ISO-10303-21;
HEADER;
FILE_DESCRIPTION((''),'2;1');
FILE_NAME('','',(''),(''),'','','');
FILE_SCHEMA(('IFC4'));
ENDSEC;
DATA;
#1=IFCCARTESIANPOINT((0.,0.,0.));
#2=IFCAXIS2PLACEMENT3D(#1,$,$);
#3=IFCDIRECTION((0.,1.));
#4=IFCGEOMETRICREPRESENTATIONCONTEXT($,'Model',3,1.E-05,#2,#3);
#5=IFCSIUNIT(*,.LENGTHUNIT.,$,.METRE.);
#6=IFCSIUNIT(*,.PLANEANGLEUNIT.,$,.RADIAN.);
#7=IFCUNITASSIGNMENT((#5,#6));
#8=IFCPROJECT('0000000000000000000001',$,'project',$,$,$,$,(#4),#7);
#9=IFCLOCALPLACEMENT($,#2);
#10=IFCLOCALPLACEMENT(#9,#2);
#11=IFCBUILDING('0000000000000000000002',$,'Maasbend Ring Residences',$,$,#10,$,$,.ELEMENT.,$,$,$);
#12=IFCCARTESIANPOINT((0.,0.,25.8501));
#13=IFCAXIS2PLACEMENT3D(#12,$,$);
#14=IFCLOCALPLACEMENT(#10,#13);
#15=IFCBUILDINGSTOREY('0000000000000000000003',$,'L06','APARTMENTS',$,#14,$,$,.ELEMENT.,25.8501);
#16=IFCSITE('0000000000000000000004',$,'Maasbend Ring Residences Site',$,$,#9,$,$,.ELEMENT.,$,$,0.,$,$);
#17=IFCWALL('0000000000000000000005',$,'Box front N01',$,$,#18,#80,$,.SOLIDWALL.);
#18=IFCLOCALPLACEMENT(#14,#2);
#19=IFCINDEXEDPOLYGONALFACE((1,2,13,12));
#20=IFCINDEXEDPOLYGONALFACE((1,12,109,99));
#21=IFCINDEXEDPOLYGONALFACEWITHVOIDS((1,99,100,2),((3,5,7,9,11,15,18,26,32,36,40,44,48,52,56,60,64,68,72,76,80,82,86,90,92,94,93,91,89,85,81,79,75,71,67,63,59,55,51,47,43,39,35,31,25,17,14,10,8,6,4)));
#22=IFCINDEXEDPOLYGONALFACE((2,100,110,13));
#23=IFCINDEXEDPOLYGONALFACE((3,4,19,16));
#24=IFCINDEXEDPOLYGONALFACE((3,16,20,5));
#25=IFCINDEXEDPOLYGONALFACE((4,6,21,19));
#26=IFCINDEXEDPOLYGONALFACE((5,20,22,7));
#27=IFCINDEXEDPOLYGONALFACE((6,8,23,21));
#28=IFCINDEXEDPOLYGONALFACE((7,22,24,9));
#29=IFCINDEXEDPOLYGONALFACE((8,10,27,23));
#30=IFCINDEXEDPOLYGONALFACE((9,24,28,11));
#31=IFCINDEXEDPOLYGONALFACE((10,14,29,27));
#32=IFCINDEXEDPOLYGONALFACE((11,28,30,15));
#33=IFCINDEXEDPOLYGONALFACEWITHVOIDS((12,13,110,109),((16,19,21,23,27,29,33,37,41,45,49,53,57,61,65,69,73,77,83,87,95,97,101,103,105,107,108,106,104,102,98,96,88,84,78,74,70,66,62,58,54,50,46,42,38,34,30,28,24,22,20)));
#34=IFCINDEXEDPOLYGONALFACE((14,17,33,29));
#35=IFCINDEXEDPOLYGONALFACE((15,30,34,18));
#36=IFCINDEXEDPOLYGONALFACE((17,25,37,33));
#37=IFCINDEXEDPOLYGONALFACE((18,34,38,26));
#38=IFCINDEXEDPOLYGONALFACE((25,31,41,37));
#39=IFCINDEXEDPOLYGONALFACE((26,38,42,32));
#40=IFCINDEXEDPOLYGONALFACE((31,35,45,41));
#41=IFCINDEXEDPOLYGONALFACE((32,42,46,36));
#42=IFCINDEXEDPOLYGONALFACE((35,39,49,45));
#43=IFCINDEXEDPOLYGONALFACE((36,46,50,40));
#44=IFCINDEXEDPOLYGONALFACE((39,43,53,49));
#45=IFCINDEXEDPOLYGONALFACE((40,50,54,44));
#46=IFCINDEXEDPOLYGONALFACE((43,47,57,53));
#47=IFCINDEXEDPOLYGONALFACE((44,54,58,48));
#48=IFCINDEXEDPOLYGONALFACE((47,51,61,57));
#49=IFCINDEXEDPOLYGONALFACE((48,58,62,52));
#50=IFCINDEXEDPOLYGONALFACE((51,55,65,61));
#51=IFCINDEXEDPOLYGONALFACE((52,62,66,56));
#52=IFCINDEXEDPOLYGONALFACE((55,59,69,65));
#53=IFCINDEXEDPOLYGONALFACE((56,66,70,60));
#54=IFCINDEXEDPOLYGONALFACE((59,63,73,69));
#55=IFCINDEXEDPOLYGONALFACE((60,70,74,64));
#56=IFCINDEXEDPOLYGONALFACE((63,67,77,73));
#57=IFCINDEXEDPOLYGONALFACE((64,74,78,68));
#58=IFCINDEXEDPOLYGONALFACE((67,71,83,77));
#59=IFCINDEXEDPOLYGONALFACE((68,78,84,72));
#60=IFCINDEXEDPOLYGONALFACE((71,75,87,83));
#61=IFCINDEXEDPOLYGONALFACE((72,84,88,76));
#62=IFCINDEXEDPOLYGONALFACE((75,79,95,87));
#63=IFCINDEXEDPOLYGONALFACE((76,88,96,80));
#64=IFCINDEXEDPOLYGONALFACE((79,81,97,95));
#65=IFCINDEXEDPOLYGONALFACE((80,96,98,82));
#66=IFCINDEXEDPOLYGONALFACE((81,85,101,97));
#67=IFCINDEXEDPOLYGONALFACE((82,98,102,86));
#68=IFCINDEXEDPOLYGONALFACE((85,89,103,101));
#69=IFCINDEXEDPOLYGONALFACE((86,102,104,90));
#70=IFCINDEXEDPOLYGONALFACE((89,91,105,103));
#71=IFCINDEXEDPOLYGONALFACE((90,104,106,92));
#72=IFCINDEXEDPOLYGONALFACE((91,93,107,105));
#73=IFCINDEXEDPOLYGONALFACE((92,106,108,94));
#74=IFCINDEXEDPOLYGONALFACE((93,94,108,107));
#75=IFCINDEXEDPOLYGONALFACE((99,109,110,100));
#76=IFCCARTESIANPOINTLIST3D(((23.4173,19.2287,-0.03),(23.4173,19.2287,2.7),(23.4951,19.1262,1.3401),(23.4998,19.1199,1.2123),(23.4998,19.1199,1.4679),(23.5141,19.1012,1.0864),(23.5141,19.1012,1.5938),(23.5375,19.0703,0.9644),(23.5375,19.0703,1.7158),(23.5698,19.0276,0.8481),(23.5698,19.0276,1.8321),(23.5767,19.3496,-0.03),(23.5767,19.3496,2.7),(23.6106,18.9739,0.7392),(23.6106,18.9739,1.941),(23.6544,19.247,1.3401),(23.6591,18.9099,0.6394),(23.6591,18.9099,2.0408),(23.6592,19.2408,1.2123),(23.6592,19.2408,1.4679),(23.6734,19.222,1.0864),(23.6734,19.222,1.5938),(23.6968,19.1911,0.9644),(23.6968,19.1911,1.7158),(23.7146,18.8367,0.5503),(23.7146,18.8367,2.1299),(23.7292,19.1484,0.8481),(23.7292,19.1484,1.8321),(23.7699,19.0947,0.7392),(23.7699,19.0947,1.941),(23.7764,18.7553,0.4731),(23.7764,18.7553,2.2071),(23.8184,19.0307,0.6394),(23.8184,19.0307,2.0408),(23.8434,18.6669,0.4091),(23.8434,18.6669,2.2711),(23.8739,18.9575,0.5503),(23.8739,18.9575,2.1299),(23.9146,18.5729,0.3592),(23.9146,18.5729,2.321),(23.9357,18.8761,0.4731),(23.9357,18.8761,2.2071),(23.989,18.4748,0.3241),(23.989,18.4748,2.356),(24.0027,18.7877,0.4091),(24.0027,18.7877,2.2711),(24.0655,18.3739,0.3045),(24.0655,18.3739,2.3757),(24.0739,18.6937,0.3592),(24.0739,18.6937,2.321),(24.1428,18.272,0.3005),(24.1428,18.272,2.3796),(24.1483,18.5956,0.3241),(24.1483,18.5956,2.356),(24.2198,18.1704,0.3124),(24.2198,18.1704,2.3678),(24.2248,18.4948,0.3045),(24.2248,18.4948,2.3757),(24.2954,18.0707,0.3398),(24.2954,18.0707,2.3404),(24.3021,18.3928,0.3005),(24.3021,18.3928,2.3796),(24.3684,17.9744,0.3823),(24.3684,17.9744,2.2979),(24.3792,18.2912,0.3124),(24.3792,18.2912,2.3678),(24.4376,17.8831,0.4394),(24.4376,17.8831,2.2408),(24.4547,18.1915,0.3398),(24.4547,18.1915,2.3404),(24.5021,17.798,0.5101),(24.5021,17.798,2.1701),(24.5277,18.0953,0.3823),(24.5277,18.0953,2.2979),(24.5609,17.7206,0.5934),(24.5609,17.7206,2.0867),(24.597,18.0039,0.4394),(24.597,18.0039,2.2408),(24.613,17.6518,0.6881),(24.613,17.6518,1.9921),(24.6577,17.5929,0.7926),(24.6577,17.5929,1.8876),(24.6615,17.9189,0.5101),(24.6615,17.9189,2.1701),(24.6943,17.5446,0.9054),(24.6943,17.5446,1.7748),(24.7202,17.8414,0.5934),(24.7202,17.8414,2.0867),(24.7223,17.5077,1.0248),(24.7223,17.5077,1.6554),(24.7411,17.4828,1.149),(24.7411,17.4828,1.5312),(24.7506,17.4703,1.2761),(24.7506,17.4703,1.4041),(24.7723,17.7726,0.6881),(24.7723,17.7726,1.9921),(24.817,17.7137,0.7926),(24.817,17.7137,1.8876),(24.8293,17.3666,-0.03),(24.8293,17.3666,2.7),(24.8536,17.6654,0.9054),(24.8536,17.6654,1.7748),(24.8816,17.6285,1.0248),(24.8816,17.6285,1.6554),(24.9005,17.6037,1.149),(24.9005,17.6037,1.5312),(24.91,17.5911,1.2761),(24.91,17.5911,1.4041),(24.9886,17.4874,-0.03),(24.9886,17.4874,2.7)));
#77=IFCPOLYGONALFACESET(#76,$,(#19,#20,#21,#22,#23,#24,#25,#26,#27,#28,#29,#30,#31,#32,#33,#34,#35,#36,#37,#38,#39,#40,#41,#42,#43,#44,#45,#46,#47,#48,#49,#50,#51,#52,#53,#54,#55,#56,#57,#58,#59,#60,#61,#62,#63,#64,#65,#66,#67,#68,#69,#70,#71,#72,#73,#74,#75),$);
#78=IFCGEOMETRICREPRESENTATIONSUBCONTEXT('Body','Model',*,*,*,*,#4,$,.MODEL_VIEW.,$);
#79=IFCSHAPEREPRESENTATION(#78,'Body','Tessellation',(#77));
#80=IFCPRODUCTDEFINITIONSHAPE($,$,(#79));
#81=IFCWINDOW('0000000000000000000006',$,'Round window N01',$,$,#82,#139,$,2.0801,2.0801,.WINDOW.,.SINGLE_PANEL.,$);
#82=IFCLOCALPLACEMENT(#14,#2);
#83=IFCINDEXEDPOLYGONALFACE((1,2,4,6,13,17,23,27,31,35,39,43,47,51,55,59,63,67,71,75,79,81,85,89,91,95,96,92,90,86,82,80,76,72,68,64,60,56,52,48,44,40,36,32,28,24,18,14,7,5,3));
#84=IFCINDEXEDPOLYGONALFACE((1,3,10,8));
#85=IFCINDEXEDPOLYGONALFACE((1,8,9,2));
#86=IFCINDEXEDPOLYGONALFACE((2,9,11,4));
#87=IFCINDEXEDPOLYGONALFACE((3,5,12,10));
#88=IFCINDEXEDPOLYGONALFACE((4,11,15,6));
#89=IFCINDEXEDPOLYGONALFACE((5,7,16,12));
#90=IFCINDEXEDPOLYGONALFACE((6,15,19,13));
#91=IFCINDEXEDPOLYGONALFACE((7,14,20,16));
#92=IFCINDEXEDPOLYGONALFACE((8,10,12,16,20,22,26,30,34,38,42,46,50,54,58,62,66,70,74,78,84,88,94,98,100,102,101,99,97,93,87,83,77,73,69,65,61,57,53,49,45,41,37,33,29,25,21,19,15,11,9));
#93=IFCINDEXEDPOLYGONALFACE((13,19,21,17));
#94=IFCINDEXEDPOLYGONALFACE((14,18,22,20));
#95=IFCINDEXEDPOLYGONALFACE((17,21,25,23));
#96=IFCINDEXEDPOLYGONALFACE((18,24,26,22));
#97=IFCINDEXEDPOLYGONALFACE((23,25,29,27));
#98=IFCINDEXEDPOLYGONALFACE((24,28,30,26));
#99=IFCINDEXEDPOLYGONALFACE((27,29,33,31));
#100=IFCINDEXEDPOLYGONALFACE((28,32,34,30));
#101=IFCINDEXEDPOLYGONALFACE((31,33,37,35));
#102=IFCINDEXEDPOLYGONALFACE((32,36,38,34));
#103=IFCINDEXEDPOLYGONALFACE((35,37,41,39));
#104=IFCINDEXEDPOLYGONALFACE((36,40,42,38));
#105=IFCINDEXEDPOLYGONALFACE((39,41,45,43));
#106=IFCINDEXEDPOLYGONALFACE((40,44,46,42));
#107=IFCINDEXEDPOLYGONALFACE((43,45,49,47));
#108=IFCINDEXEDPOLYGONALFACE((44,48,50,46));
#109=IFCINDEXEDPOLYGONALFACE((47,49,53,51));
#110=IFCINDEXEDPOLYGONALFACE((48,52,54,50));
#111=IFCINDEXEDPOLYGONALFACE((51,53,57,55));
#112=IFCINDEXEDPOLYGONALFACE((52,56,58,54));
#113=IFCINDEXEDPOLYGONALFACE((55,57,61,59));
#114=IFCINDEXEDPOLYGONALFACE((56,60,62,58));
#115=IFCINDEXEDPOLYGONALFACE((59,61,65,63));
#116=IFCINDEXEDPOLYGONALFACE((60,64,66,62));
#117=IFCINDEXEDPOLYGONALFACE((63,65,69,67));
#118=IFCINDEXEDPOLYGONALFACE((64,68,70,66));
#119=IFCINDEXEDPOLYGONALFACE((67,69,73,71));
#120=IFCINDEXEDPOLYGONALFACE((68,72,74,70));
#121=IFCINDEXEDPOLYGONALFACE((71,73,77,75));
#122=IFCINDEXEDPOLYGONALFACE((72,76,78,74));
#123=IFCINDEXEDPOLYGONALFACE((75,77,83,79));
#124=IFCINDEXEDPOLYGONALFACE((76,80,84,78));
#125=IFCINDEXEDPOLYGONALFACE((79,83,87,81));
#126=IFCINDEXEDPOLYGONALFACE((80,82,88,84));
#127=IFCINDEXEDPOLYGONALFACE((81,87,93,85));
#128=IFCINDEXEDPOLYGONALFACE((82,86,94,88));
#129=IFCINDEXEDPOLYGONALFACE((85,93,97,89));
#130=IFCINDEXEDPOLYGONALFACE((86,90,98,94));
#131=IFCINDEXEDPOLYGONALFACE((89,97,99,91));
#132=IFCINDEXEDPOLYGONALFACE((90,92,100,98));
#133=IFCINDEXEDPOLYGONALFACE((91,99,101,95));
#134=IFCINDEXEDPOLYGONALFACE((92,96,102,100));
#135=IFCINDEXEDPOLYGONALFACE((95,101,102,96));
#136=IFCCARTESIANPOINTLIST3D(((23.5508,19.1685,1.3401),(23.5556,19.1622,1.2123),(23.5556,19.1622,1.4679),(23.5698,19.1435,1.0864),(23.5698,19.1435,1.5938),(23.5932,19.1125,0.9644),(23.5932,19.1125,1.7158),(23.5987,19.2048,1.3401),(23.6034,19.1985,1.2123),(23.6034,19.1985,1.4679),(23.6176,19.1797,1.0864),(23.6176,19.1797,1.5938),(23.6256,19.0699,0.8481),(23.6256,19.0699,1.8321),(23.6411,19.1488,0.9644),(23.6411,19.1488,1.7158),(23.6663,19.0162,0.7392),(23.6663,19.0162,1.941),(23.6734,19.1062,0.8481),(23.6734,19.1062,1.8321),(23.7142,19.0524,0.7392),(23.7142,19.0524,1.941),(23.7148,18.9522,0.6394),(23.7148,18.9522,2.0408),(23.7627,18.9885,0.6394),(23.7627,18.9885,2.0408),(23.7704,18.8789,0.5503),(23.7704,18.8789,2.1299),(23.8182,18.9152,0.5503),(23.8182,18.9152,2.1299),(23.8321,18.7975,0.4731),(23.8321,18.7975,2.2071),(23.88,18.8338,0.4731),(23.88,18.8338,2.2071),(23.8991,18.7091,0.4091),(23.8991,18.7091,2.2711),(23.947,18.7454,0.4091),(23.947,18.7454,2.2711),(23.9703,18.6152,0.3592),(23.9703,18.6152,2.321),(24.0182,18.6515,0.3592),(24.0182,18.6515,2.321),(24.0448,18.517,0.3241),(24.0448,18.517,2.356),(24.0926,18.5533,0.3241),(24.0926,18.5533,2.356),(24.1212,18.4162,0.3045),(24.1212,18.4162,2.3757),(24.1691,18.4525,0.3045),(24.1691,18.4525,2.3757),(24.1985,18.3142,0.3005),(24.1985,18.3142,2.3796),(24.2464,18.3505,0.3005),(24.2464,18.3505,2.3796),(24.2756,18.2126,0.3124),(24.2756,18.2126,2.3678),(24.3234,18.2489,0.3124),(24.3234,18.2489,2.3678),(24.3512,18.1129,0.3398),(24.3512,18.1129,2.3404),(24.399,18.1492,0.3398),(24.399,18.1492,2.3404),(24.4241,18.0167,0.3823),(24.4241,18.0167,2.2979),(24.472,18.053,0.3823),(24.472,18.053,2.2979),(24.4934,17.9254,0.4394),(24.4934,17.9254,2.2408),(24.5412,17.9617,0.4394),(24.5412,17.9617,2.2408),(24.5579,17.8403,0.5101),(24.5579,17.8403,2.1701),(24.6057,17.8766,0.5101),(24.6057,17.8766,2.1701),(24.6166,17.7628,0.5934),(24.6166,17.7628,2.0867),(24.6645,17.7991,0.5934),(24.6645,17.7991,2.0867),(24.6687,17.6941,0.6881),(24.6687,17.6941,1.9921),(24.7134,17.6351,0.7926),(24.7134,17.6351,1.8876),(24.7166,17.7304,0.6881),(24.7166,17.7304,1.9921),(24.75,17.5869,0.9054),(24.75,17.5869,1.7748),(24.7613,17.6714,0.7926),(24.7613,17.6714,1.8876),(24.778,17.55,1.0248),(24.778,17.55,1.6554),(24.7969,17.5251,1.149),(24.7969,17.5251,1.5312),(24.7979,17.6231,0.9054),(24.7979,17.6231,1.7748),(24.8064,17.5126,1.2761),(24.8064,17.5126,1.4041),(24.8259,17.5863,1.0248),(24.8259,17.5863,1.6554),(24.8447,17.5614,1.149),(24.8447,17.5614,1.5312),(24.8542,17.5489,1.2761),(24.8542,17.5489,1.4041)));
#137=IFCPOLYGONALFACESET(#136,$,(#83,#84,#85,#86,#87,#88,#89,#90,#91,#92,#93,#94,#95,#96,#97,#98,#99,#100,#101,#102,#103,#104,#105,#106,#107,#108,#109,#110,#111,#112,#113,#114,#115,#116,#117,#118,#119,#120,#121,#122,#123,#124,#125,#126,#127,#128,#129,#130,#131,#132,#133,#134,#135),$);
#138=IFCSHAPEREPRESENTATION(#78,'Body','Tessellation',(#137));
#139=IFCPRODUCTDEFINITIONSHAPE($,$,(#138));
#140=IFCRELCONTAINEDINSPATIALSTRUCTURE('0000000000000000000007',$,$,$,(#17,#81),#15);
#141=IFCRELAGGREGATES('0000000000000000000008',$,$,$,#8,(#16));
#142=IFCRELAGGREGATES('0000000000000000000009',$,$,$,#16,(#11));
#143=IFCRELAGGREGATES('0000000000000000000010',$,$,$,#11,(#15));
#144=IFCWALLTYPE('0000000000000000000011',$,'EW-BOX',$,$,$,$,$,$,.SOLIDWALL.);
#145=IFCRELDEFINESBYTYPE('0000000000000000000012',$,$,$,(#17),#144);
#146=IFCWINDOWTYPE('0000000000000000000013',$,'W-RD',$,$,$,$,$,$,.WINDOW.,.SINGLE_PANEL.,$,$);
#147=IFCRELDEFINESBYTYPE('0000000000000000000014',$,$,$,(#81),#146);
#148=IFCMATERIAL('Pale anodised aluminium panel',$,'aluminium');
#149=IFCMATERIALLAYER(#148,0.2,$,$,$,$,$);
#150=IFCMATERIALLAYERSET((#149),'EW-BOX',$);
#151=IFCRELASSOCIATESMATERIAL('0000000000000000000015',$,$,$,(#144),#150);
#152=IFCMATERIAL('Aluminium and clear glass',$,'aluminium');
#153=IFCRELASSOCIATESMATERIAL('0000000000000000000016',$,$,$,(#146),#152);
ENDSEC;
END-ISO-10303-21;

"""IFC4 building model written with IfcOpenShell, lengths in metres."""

from ifc_helpers import new_model, si_unit, direction, frame, frame_2d, origin, place, context, subcontext, project, spatial, rectangle, circle, extrude, material, layer, layer_set, type_object, element, fill, save


model = new_model("IFC4")

# Units and contexts
model_context = context("Model", 3, precision=1e-05, world=origin(), true_north=direction((0.0, 1.0)))
body_context = subcontext(model_context, "Body", "Model", "MODEL_VIEW")
ifc_project = project(units=[si_unit("LENGTHUNIT", "METRE"), si_unit("PLANEANGLEUNIT", "RADIAN")], contexts=[model_context])

# Site, building, storey
site_placement = place(None, origin())
site = spatial("IfcSite", under=ifc_project, at=site_placement, Name="Maasbend Ring Residences Site", CompositionType="ELEMENT", RefElevation=0.0)
building_placement = place(site_placement, origin())
building = spatial("IfcBuilding", under=site, at=building_placement, Name="Maasbend Ring Residences", CompositionType="ELEMENT")
storey_placement = place(building_placement, frame((0.0, 0.0, 25.8501)))
storey = spatial("IfcBuildingStorey", under=building, at=storey_placement, Name="L06", Description="APARTMENTS", CompositionType="ELEMENT", Elevation=25.8501)

# Wall, opening, window
ifc_material_1 = material(Name="Pale anodised aluminium panel", Category="aluminium")
ifc_layer_1 = layer(ifc_material_1, 0.2)
ifc_layer_set_1 = layer_set([ifc_layer_1], Name="EW-BOX")
wall_type_1 = type_object("IfcWallType", Name="EW-BOX", PredefinedType="SOLIDWALL", material=ifc_layer_set_1)
wall_1_placement = place(storey_placement, frame((24.9089, 17.427, -0.03), z_axis=(0.0, 0.0, 1.0), x_axis=(-0.604188, 0.796842, 0.0)))
wall_1 = element("IfcWall", 1, at=wall_1_placement, inside=storey, type_object=wall_type_1, Name="Box front N01", PredefinedType="SOLIDWALL", context=body_context, shape_type="SweptSolid", body=[
    extrude(rectangle(XDim=2.3369, YDim=0.2, at=frame_2d((1.1685, 0.0))), origin(), (0.0, 0.0, 1.0), 2.73),
])
opening_1_placement = place(wall_1_placement, frame((0.1282, 0.0, 0.3301)))
opening_1 = element("IfcOpeningElement", 2, at=opening_1_placement, cuts=wall_1, PredefinedType="OPENING", context=body_context, shape_type="SweptSolid", body=[
    extrude(circle(Radius=1.04, at=frame_2d((1.04, 1.04))), frame((0.0, 0.1099, 0.0), z_axis=(0.0, -1.0, 0.0), x_axis=(1.0, 0.0, 0.0)), (0.0, 0.0, 1.0), 0.22),
])
ifc_material_2 = material(Name="Aluminium and clear glass", Category="aluminium")
window_type_1 = type_object("IfcWindowType", Name="W-RD", PartitioningType="SINGLE_PANEL", PredefinedType="WINDOW", material=ifc_material_2)
window_1_placement = place(opening_1_placement, origin())
window_1 = element("IfcWindow", 3, at=window_1_placement, inside=storey, type_object=window_type_1, Name="Round window N01", OverallHeight=2.0801, OverallWidth=2.0801, PartitioningType="SINGLE_PANEL", PredefinedType="WINDOW", context=body_context, shape_type="SweptSolid", body=[
    extrude(circle(Radius=1.04, at=frame_2d((1.04, 1.04))), frame((0.0, 0.03, 0.0), z_axis=(0.0, -1.0, 0.0), x_axis=(1.0, 0.0, 0.0)), (0.0, 0.0, 1.0), 0.0601),
])
fill(opening_1, window_1)

save(model, "model.ifc")
